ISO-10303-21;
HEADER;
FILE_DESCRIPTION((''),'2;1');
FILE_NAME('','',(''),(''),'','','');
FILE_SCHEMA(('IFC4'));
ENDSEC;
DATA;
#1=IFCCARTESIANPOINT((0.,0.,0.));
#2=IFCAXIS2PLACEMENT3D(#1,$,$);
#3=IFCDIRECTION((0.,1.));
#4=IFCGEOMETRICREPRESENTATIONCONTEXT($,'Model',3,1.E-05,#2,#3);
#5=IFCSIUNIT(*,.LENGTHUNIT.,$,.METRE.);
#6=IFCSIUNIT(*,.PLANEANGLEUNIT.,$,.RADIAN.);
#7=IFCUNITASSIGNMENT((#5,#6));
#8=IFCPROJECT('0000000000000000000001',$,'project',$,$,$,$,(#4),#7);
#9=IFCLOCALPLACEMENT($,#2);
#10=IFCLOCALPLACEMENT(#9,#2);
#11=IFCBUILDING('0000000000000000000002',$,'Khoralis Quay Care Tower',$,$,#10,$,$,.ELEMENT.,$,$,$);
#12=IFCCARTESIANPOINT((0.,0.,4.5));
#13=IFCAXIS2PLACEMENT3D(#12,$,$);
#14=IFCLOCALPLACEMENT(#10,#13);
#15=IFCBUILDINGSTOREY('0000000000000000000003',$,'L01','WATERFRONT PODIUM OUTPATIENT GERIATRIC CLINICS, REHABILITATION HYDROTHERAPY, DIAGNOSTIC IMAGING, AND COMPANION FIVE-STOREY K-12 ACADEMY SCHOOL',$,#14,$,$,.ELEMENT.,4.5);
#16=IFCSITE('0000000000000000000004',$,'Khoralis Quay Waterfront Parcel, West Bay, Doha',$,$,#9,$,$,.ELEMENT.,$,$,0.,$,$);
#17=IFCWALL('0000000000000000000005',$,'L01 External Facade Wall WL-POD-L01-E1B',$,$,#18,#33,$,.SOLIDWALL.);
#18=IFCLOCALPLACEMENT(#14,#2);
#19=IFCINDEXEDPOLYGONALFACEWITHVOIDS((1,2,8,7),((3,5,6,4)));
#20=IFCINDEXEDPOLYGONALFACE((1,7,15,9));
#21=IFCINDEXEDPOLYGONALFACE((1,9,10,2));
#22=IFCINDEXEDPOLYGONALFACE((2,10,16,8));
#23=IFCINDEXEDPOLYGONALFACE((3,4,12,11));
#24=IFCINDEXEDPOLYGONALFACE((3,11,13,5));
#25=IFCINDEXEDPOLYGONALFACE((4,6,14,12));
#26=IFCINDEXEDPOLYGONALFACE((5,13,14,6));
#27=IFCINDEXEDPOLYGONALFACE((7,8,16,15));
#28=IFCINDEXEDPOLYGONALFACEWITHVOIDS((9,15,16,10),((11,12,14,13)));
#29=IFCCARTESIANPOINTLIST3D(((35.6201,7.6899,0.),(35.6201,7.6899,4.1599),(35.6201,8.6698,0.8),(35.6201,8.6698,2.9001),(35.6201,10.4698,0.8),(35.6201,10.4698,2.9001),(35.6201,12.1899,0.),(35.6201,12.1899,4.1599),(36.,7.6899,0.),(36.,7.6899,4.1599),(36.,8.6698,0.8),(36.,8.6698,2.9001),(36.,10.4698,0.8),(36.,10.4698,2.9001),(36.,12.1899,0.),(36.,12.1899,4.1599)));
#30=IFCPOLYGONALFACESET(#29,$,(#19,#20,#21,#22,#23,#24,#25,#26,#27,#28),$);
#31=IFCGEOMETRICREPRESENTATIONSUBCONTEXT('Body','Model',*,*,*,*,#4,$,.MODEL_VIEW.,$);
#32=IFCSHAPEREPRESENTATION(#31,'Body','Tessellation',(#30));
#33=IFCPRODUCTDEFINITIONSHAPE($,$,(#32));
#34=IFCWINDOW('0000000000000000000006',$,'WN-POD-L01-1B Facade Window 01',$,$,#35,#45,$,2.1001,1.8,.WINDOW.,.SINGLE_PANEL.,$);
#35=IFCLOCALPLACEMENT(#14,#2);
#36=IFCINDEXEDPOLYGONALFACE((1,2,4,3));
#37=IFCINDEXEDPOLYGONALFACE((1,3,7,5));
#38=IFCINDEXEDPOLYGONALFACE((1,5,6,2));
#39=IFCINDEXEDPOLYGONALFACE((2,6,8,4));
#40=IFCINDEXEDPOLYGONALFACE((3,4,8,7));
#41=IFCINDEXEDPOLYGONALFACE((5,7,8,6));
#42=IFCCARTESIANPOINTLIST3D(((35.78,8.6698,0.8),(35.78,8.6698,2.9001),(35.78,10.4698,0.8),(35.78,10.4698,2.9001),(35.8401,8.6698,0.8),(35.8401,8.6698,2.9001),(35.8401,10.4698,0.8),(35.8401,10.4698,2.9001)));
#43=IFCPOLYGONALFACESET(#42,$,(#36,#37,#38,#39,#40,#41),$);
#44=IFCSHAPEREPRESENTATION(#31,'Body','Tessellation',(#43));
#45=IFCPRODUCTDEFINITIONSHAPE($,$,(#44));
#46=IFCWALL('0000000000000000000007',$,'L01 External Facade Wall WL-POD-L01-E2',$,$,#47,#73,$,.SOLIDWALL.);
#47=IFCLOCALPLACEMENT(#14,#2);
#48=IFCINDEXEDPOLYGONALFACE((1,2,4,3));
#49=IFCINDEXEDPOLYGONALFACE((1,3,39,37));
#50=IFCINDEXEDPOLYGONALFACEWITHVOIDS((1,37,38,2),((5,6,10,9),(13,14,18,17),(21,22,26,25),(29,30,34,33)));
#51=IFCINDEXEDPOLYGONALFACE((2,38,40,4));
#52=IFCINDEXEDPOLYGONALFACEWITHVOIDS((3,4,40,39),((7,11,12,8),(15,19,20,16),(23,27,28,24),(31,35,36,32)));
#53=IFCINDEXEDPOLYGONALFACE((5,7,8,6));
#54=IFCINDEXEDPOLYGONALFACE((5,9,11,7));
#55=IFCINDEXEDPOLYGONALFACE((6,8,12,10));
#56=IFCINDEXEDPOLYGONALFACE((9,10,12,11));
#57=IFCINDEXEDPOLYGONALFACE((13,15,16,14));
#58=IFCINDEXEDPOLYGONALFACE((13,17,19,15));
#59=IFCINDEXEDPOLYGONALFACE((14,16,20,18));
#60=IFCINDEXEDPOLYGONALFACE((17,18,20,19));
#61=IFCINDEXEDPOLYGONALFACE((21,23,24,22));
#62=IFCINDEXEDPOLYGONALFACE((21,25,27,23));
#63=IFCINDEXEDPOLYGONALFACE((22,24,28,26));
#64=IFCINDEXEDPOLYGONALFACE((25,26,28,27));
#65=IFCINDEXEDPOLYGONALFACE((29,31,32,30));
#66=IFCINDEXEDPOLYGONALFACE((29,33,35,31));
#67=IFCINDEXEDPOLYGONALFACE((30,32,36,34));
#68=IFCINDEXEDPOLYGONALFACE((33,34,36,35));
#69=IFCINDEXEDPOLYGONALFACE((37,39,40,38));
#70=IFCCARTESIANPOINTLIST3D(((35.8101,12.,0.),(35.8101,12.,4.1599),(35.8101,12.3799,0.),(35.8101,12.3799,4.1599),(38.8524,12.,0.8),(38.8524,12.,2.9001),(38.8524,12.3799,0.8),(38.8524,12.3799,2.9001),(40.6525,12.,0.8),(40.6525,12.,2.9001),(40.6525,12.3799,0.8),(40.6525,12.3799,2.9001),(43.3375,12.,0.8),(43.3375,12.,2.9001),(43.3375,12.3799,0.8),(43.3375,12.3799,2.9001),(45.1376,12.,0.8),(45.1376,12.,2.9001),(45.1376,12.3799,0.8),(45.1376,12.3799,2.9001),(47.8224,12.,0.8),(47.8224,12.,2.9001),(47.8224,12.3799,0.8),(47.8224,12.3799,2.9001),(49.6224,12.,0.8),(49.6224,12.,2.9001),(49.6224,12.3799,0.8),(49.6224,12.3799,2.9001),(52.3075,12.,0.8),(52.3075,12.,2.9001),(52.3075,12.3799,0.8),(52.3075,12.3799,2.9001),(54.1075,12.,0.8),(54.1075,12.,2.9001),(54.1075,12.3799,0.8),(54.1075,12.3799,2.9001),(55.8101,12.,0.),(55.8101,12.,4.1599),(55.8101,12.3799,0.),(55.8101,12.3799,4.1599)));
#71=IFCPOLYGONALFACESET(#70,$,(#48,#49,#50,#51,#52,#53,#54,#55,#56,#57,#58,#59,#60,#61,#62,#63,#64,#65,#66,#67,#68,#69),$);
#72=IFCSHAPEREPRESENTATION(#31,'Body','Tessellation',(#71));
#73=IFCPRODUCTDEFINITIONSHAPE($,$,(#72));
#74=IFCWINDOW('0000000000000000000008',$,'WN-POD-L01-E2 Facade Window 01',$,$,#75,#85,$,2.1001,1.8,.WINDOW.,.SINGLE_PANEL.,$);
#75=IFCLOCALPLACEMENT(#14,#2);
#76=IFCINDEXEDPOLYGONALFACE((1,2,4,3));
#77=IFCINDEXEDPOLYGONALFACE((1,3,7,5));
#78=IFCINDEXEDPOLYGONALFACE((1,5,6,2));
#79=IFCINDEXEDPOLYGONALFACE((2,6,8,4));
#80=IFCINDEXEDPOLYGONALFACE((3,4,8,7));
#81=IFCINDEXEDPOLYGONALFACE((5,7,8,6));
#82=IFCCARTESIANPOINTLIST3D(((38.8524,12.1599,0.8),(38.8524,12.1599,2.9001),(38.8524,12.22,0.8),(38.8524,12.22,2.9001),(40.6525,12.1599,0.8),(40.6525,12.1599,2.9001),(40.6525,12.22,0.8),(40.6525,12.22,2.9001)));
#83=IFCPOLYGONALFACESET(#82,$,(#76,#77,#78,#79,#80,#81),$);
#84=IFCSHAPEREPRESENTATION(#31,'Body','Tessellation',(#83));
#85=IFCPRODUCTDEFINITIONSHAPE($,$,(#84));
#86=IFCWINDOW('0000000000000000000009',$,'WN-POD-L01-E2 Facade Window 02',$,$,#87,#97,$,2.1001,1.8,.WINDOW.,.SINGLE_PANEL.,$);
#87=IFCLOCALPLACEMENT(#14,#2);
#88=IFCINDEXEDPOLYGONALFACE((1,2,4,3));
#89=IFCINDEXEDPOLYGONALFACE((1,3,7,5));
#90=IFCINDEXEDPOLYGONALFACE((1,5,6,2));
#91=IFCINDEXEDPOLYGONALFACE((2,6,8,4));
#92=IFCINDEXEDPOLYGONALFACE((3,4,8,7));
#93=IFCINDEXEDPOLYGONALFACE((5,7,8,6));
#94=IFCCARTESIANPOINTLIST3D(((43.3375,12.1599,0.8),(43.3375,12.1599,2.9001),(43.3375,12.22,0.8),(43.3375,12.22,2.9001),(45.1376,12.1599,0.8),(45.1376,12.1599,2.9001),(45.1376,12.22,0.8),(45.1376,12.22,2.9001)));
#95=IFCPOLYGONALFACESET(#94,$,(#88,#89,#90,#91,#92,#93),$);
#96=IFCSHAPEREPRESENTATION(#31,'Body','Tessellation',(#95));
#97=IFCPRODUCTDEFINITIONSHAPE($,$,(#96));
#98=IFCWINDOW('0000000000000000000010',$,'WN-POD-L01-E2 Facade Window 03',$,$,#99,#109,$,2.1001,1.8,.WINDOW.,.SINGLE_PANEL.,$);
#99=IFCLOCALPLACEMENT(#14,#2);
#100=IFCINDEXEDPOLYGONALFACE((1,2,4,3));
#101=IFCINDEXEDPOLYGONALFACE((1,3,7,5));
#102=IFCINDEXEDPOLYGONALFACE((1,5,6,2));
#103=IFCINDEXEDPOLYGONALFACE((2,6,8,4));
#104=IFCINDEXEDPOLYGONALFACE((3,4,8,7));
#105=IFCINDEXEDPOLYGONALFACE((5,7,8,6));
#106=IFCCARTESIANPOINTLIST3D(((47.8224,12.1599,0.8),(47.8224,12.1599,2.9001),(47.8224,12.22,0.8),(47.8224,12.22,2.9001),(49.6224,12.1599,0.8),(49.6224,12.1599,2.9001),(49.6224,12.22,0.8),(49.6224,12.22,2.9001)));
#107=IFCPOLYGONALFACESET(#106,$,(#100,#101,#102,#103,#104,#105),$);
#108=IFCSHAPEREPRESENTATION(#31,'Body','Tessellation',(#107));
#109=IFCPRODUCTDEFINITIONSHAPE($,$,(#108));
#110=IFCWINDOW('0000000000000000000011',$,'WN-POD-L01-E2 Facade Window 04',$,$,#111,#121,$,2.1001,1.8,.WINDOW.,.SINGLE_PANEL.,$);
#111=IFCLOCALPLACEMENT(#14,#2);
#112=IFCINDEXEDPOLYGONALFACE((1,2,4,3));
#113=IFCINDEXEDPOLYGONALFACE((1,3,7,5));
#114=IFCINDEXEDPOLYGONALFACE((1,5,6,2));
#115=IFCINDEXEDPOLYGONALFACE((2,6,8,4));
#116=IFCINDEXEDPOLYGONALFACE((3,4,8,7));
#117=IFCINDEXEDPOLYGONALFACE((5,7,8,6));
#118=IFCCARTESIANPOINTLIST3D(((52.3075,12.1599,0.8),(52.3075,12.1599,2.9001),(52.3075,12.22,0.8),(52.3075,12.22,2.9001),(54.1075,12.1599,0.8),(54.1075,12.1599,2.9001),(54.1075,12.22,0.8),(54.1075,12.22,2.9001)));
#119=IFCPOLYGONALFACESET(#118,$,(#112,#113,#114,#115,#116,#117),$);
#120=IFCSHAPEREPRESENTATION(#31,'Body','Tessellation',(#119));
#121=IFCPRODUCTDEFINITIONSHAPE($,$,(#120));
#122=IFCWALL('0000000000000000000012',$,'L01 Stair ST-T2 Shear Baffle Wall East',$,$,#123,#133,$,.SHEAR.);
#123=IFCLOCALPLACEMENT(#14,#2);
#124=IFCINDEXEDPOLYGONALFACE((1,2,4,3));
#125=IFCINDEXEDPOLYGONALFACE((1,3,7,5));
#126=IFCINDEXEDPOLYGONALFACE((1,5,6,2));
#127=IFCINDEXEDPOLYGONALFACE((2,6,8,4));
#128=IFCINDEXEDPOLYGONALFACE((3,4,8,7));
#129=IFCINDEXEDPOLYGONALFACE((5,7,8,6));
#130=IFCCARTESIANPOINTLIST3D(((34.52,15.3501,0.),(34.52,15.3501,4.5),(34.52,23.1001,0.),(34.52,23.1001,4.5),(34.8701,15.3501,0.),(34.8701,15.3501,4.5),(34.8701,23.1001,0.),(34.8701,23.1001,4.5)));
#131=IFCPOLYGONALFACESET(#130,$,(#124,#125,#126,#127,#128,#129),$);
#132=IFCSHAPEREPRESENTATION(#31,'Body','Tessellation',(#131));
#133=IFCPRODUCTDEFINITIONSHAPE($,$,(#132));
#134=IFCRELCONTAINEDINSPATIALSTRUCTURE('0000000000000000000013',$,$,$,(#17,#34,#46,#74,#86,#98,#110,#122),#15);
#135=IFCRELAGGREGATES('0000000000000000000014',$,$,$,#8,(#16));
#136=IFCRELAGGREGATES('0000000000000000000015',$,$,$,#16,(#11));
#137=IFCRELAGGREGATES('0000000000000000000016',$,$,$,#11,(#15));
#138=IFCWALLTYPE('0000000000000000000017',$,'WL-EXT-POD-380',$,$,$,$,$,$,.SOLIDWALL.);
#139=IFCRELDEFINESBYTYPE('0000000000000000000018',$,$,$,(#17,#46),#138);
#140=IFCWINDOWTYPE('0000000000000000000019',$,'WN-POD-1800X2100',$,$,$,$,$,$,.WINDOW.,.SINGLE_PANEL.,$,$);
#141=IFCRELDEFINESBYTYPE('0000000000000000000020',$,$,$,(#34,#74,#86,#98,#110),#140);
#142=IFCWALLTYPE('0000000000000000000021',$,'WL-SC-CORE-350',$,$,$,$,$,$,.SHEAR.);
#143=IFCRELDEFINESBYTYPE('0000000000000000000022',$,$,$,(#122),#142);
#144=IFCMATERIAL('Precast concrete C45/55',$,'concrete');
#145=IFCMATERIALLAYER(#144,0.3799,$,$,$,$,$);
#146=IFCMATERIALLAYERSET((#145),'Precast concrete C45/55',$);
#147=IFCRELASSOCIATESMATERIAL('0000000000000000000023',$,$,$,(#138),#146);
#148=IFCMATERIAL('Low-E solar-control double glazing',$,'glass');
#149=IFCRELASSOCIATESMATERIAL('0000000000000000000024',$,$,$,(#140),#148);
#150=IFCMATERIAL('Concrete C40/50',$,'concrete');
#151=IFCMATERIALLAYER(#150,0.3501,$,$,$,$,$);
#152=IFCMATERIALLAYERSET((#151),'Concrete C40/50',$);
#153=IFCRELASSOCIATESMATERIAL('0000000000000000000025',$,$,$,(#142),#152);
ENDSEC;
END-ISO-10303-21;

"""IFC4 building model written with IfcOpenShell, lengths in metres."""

from ifc_helpers import new_model, si_unit, direction, frame, frame_2d, origin, place, context, subcontext, project, spatial, rectangle, extrude, source, transform, mapped, material, layer, layer_set, type_object, element, fill, save


model = new_model("IFC4")

# Units and contexts
model_context = context("Model", 3, precision=1e-05, world=origin(), true_north=direction((0.0, 1.0)))
body_context = subcontext(model_context, "Body", "Model", "MODEL_VIEW")
ifc_project = project(units=[si_unit("LENGTHUNIT", "METRE"), si_unit("PLANEANGLEUNIT", "RADIAN")], contexts=[model_context])

# Site, building, storey
site_placement = place(None, origin())
site = spatial("IfcSite", under=ifc_project, at=site_placement, Name="Khoralis Quay Waterfront Parcel, West Bay, Doha", CompositionType="ELEMENT", RefElevation=0.0)
building_placement = place(site_placement, origin())
building = spatial("IfcBuilding", under=site, at=building_placement, Name="Khoralis Quay Care Tower", CompositionType="ELEMENT")
storey_placement = place(building_placement, frame((0.0, 0.0, 4.5)))
storey = spatial("IfcBuildingStorey", under=building, at=storey_placement, Name="L01", Description="WATERFRONT PODIUM OUTPATIENT GERIATRIC CLINICS, REHABILITATION HYDROTHERAPY, DIAGNOSTIC IMAGING, AND COMPANION FIVE-STOREY K-12 ACADEMY SCHOOL", CompositionType="ELEMENT", Elevation=4.5)

# Shared definitions
ifc_material_1 = material(Name="Low-E solar-control double glazing", Category="glass")

# Wall, opening, window
ifc_material_2 = material(Name="Precast concrete C45/55", Category="concrete")
ifc_layer_1 = layer(ifc_material_2, 0.3799)
ifc_layer_set_1 = layer_set([ifc_layer_1], Name="Precast concrete C45/55")
wall_type_1 = type_object("IfcWallType", Name="WL-EXT-POD-380", PredefinedType="SOLIDWALL", material=ifc_layer_set_1)
wall_1_placement = place(storey_placement, frame((35.8101, 7.6899, 0.0), z_axis=(0.0, 0.0, 1.0), x_axis=(0.0, 1.0, 0.0)))
wall_1 = element("IfcWall", 1, at=wall_1_placement, inside=storey, type_object=wall_type_1, Name="L01 External Facade Wall WL-POD-L01-E1B", PredefinedType="SOLIDWALL", context=body_context, shape_type="SweptSolid", body=[
    extrude(rectangle(XDim=4.5, YDim=0.3799, at=frame_2d((2.25, 0.0))), origin(), (0.0, 0.0, 1.0), 4.1599),
])
opening_1_placement = place(wall_1_placement, frame((0.98, 0.0, 0.8)))
opening_1 = element("IfcOpeningElement", 2, at=opening_1_placement, cuts=wall_1, PredefinedType="OPENING", context=body_context, shape_type="SweptSolid", body=[
    extrude(rectangle(XDim=1.8, YDim=2.1001, at=frame_2d((0.8999, 1.05))), frame((0.0, 0.2, 0.0), z_axis=(0.0, -1.0, 0.0), x_axis=(1.0, 0.0, 0.0)), (0.0, 0.0, 1.0), 0.3999),
])
window_type = type_object("IfcWindowType", Name="WN-POD-1800X2100", PartitioningType="SINGLE_PANEL", PredefinedType="WINDOW", material=ifc_material_1)
shared_shape_1 = source(origin(), body_context, "Body", "SweptSolid", [
    extrude(rectangle(XDim=1.8, YDim=2.1001, at=frame_2d((0.8999, 1.05))), frame((0.0, 0.03, 0.0), z_axis=(0.0, -1.0, 0.0), x_axis=(1.0, 0.0, 0.0)), (0.0, 0.0, 1.0), 0.0601),
])
window_1_placement = place(opening_1_placement, origin())
window_1 = element("IfcWindow", 3, at=window_1_placement, inside=storey, type_object=window_type, Name="WN-POD-L01-1B Facade Window 01", OverallHeight=2.1001, OverallWidth=1.8, PartitioningType="SINGLE_PANEL", PredefinedType="WINDOW", context=body_context, shape_type="MappedRepresentation", body=[
    mapped(shared_shape_1, transform((0.0, 0.0, 0.0), scale=1.0)),
])
fill(opening_1, window_1)

# Wall, openings, windows
wall_2_placement = place(storey_placement, frame((35.8101, 12.1899, 0.0), z_axis=(0.0, 0.0, 1.0), x_axis=(1.0, 0.0, 0.0)))
wall_2 = element("IfcWall", 4, at=wall_2_placement, inside=storey, type_object=wall_type_1, Name="L01 External Facade Wall WL-POD-L01-E2", PredefinedType="SOLIDWALL", context=body_context, shape_type="SweptSolid", body=[
    extrude(rectangle(XDim=20.0, YDim=0.3799, at=frame_2d((10.0, 0.0))), origin(), (0.0, 0.0, 1.0), 4.1599),
])
opening_2_placement = place(wall_2_placement, frame((3.0425, 0.0, 0.8)))
opening_2 = element("IfcOpeningElement", 5, at=opening_2_placement, cuts=wall_2, PredefinedType="OPENING", context=body_context, shape_type="SweptSolid", body=[
    extrude(rectangle(XDim=1.8, YDim=2.1001, at=frame_2d((0.8999, 1.05))), frame((0.0, 0.2, 0.0), z_axis=(0.0, -1.0, 0.0), x_axis=(1.0, 0.0, 0.0)), (0.0, 0.0, 1.0), 0.3999),
])
opening_3_placement = place(wall_2_placement, frame((7.5276, 0.0, 0.8)))
opening_3 = element("IfcOpeningElement", 6, at=opening_3_placement, cuts=wall_2, PredefinedType="OPENING", context=body_context, shape_type="SweptSolid", body=[
    extrude(rectangle(XDim=1.8, YDim=2.1001, at=frame_2d((0.8999, 1.05))), frame((0.0, 0.2, 0.0), z_axis=(0.0, -1.0, 0.0), x_axis=(1.0, 0.0, 0.0)), (0.0, 0.0, 1.0), 0.3999),
])
opening_4_placement = place(wall_2_placement, frame((12.0125, 0.0, 0.8)))
opening_4 = element("IfcOpeningElement", 7, at=opening_4_placement, cuts=wall_2, PredefinedType="OPENING", context=body_context, shape_type="SweptSolid", body=[
    extrude(rectangle(XDim=1.8, YDim=2.1001, at=frame_2d((0.8999, 1.05))), frame((0.0, 0.2, 0.0), z_axis=(0.0, -1.0, 0.0), x_axis=(1.0, 0.0, 0.0)), (0.0, 0.0, 1.0), 0.3999),
])
opening_5_placement = place(wall_2_placement, frame((16.4976, 0.0, 0.8)))
opening_5 = element("IfcOpeningElement", 8, at=opening_5_placement, cuts=wall_2, PredefinedType="OPENING", context=body_context, shape_type="SweptSolid", body=[
    extrude(rectangle(XDim=1.8, YDim=2.1001, at=frame_2d((0.8999, 1.05))), frame((0.0, 0.2, 0.0), z_axis=(0.0, -1.0, 0.0), x_axis=(1.0, 0.0, 0.0)), (0.0, 0.0, 1.0), 0.3999),
])
window_2_placement = place(opening_2_placement, origin())
window_2 = element("IfcWindow", 9, at=window_2_placement, inside=storey, type_object=window_type, Name="WN-POD-L01-E2 Facade Window 01", OverallHeight=2.1001, OverallWidth=1.8, PartitioningType="SINGLE_PANEL", PredefinedType="WINDOW", context=body_context, shape_type="MappedRepresentation", body=[
    mapped(shared_shape_1, transform((0.0, 0.0, 0.0), scale=1.0)),
])
fill(opening_2, window_2)
window_3_placement = place(opening_3_placement, origin())
window_3 = element("IfcWindow", 10, at=window_3_placement, inside=storey, type_object=window_type, Name="WN-POD-L01-E2 Facade Window 02", OverallHeight=2.1001, OverallWidth=1.8, PartitioningType="SINGLE_PANEL", PredefinedType="WINDOW", context=body_context, shape_type="MappedRepresentation", body=[
    mapped(shared_shape_1, transform((0.0, 0.0, 0.0), scale=1.0)),
])
fill(opening_3, window_3)
window_4_placement = place(opening_4_placement, origin())
window_4 = element("IfcWindow", 11, at=window_4_placement, inside=storey, type_object=window_type, Name="WN-POD-L01-E2 Facade Window 03", OverallHeight=2.1001, OverallWidth=1.8, PartitioningType="SINGLE_PANEL", PredefinedType="WINDOW", context=body_context, shape_type="MappedRepresentation", body=[
    mapped(shared_shape_1, transform((0.0, 0.0, 0.0), scale=1.0)),
])
fill(opening_4, window_4)
window_5_placement = place(opening_5_placement, origin())
window_5 = element("IfcWindow", 12, at=window_5_placement, inside=storey, type_object=window_type, Name="WN-POD-L01-E2 Facade Window 04", OverallHeight=2.1001, OverallWidth=1.8, PartitioningType="SINGLE_PANEL", PredefinedType="WINDOW", context=body_context, shape_type="MappedRepresentation", body=[
    mapped(shared_shape_1, transform((0.0, 0.0, 0.0), scale=1.0)),
])
fill(opening_5, window_5)

# Wall
ifc_material_3 = material(Name="Concrete C40/50", Category="concrete")
ifc_layer_2 = layer(ifc_material_3, 0.3501)
ifc_layer_set_2 = layer_set([ifc_layer_2], Name="Concrete C40/50")
wall_type_2 = type_object("IfcWallType", Name="WL-SC-CORE-350", PredefinedType="SHEAR", material=ifc_layer_set_2)
wall_3_placement = place(storey_placement, frame((34.6951, 15.3501, 0.0), z_axis=(0.0, 0.0, 1.0), x_axis=(0.0, 1.0, 0.0)))
element("IfcWall", 13, at=wall_3_placement, inside=storey, type_object=wall_type_2, Name="L01 Stair ST-T2 Shear Baffle Wall East", PredefinedType="SHEAR", context=body_context, shape_type="SweptSolid", body=[
    extrude(rectangle(XDim=7.75, YDim=0.3501, at=frame_2d((3.875, 0.0))), origin(), (0.0, 0.0, 1.0), 4.5),
])

save(model, "model.ifc")
